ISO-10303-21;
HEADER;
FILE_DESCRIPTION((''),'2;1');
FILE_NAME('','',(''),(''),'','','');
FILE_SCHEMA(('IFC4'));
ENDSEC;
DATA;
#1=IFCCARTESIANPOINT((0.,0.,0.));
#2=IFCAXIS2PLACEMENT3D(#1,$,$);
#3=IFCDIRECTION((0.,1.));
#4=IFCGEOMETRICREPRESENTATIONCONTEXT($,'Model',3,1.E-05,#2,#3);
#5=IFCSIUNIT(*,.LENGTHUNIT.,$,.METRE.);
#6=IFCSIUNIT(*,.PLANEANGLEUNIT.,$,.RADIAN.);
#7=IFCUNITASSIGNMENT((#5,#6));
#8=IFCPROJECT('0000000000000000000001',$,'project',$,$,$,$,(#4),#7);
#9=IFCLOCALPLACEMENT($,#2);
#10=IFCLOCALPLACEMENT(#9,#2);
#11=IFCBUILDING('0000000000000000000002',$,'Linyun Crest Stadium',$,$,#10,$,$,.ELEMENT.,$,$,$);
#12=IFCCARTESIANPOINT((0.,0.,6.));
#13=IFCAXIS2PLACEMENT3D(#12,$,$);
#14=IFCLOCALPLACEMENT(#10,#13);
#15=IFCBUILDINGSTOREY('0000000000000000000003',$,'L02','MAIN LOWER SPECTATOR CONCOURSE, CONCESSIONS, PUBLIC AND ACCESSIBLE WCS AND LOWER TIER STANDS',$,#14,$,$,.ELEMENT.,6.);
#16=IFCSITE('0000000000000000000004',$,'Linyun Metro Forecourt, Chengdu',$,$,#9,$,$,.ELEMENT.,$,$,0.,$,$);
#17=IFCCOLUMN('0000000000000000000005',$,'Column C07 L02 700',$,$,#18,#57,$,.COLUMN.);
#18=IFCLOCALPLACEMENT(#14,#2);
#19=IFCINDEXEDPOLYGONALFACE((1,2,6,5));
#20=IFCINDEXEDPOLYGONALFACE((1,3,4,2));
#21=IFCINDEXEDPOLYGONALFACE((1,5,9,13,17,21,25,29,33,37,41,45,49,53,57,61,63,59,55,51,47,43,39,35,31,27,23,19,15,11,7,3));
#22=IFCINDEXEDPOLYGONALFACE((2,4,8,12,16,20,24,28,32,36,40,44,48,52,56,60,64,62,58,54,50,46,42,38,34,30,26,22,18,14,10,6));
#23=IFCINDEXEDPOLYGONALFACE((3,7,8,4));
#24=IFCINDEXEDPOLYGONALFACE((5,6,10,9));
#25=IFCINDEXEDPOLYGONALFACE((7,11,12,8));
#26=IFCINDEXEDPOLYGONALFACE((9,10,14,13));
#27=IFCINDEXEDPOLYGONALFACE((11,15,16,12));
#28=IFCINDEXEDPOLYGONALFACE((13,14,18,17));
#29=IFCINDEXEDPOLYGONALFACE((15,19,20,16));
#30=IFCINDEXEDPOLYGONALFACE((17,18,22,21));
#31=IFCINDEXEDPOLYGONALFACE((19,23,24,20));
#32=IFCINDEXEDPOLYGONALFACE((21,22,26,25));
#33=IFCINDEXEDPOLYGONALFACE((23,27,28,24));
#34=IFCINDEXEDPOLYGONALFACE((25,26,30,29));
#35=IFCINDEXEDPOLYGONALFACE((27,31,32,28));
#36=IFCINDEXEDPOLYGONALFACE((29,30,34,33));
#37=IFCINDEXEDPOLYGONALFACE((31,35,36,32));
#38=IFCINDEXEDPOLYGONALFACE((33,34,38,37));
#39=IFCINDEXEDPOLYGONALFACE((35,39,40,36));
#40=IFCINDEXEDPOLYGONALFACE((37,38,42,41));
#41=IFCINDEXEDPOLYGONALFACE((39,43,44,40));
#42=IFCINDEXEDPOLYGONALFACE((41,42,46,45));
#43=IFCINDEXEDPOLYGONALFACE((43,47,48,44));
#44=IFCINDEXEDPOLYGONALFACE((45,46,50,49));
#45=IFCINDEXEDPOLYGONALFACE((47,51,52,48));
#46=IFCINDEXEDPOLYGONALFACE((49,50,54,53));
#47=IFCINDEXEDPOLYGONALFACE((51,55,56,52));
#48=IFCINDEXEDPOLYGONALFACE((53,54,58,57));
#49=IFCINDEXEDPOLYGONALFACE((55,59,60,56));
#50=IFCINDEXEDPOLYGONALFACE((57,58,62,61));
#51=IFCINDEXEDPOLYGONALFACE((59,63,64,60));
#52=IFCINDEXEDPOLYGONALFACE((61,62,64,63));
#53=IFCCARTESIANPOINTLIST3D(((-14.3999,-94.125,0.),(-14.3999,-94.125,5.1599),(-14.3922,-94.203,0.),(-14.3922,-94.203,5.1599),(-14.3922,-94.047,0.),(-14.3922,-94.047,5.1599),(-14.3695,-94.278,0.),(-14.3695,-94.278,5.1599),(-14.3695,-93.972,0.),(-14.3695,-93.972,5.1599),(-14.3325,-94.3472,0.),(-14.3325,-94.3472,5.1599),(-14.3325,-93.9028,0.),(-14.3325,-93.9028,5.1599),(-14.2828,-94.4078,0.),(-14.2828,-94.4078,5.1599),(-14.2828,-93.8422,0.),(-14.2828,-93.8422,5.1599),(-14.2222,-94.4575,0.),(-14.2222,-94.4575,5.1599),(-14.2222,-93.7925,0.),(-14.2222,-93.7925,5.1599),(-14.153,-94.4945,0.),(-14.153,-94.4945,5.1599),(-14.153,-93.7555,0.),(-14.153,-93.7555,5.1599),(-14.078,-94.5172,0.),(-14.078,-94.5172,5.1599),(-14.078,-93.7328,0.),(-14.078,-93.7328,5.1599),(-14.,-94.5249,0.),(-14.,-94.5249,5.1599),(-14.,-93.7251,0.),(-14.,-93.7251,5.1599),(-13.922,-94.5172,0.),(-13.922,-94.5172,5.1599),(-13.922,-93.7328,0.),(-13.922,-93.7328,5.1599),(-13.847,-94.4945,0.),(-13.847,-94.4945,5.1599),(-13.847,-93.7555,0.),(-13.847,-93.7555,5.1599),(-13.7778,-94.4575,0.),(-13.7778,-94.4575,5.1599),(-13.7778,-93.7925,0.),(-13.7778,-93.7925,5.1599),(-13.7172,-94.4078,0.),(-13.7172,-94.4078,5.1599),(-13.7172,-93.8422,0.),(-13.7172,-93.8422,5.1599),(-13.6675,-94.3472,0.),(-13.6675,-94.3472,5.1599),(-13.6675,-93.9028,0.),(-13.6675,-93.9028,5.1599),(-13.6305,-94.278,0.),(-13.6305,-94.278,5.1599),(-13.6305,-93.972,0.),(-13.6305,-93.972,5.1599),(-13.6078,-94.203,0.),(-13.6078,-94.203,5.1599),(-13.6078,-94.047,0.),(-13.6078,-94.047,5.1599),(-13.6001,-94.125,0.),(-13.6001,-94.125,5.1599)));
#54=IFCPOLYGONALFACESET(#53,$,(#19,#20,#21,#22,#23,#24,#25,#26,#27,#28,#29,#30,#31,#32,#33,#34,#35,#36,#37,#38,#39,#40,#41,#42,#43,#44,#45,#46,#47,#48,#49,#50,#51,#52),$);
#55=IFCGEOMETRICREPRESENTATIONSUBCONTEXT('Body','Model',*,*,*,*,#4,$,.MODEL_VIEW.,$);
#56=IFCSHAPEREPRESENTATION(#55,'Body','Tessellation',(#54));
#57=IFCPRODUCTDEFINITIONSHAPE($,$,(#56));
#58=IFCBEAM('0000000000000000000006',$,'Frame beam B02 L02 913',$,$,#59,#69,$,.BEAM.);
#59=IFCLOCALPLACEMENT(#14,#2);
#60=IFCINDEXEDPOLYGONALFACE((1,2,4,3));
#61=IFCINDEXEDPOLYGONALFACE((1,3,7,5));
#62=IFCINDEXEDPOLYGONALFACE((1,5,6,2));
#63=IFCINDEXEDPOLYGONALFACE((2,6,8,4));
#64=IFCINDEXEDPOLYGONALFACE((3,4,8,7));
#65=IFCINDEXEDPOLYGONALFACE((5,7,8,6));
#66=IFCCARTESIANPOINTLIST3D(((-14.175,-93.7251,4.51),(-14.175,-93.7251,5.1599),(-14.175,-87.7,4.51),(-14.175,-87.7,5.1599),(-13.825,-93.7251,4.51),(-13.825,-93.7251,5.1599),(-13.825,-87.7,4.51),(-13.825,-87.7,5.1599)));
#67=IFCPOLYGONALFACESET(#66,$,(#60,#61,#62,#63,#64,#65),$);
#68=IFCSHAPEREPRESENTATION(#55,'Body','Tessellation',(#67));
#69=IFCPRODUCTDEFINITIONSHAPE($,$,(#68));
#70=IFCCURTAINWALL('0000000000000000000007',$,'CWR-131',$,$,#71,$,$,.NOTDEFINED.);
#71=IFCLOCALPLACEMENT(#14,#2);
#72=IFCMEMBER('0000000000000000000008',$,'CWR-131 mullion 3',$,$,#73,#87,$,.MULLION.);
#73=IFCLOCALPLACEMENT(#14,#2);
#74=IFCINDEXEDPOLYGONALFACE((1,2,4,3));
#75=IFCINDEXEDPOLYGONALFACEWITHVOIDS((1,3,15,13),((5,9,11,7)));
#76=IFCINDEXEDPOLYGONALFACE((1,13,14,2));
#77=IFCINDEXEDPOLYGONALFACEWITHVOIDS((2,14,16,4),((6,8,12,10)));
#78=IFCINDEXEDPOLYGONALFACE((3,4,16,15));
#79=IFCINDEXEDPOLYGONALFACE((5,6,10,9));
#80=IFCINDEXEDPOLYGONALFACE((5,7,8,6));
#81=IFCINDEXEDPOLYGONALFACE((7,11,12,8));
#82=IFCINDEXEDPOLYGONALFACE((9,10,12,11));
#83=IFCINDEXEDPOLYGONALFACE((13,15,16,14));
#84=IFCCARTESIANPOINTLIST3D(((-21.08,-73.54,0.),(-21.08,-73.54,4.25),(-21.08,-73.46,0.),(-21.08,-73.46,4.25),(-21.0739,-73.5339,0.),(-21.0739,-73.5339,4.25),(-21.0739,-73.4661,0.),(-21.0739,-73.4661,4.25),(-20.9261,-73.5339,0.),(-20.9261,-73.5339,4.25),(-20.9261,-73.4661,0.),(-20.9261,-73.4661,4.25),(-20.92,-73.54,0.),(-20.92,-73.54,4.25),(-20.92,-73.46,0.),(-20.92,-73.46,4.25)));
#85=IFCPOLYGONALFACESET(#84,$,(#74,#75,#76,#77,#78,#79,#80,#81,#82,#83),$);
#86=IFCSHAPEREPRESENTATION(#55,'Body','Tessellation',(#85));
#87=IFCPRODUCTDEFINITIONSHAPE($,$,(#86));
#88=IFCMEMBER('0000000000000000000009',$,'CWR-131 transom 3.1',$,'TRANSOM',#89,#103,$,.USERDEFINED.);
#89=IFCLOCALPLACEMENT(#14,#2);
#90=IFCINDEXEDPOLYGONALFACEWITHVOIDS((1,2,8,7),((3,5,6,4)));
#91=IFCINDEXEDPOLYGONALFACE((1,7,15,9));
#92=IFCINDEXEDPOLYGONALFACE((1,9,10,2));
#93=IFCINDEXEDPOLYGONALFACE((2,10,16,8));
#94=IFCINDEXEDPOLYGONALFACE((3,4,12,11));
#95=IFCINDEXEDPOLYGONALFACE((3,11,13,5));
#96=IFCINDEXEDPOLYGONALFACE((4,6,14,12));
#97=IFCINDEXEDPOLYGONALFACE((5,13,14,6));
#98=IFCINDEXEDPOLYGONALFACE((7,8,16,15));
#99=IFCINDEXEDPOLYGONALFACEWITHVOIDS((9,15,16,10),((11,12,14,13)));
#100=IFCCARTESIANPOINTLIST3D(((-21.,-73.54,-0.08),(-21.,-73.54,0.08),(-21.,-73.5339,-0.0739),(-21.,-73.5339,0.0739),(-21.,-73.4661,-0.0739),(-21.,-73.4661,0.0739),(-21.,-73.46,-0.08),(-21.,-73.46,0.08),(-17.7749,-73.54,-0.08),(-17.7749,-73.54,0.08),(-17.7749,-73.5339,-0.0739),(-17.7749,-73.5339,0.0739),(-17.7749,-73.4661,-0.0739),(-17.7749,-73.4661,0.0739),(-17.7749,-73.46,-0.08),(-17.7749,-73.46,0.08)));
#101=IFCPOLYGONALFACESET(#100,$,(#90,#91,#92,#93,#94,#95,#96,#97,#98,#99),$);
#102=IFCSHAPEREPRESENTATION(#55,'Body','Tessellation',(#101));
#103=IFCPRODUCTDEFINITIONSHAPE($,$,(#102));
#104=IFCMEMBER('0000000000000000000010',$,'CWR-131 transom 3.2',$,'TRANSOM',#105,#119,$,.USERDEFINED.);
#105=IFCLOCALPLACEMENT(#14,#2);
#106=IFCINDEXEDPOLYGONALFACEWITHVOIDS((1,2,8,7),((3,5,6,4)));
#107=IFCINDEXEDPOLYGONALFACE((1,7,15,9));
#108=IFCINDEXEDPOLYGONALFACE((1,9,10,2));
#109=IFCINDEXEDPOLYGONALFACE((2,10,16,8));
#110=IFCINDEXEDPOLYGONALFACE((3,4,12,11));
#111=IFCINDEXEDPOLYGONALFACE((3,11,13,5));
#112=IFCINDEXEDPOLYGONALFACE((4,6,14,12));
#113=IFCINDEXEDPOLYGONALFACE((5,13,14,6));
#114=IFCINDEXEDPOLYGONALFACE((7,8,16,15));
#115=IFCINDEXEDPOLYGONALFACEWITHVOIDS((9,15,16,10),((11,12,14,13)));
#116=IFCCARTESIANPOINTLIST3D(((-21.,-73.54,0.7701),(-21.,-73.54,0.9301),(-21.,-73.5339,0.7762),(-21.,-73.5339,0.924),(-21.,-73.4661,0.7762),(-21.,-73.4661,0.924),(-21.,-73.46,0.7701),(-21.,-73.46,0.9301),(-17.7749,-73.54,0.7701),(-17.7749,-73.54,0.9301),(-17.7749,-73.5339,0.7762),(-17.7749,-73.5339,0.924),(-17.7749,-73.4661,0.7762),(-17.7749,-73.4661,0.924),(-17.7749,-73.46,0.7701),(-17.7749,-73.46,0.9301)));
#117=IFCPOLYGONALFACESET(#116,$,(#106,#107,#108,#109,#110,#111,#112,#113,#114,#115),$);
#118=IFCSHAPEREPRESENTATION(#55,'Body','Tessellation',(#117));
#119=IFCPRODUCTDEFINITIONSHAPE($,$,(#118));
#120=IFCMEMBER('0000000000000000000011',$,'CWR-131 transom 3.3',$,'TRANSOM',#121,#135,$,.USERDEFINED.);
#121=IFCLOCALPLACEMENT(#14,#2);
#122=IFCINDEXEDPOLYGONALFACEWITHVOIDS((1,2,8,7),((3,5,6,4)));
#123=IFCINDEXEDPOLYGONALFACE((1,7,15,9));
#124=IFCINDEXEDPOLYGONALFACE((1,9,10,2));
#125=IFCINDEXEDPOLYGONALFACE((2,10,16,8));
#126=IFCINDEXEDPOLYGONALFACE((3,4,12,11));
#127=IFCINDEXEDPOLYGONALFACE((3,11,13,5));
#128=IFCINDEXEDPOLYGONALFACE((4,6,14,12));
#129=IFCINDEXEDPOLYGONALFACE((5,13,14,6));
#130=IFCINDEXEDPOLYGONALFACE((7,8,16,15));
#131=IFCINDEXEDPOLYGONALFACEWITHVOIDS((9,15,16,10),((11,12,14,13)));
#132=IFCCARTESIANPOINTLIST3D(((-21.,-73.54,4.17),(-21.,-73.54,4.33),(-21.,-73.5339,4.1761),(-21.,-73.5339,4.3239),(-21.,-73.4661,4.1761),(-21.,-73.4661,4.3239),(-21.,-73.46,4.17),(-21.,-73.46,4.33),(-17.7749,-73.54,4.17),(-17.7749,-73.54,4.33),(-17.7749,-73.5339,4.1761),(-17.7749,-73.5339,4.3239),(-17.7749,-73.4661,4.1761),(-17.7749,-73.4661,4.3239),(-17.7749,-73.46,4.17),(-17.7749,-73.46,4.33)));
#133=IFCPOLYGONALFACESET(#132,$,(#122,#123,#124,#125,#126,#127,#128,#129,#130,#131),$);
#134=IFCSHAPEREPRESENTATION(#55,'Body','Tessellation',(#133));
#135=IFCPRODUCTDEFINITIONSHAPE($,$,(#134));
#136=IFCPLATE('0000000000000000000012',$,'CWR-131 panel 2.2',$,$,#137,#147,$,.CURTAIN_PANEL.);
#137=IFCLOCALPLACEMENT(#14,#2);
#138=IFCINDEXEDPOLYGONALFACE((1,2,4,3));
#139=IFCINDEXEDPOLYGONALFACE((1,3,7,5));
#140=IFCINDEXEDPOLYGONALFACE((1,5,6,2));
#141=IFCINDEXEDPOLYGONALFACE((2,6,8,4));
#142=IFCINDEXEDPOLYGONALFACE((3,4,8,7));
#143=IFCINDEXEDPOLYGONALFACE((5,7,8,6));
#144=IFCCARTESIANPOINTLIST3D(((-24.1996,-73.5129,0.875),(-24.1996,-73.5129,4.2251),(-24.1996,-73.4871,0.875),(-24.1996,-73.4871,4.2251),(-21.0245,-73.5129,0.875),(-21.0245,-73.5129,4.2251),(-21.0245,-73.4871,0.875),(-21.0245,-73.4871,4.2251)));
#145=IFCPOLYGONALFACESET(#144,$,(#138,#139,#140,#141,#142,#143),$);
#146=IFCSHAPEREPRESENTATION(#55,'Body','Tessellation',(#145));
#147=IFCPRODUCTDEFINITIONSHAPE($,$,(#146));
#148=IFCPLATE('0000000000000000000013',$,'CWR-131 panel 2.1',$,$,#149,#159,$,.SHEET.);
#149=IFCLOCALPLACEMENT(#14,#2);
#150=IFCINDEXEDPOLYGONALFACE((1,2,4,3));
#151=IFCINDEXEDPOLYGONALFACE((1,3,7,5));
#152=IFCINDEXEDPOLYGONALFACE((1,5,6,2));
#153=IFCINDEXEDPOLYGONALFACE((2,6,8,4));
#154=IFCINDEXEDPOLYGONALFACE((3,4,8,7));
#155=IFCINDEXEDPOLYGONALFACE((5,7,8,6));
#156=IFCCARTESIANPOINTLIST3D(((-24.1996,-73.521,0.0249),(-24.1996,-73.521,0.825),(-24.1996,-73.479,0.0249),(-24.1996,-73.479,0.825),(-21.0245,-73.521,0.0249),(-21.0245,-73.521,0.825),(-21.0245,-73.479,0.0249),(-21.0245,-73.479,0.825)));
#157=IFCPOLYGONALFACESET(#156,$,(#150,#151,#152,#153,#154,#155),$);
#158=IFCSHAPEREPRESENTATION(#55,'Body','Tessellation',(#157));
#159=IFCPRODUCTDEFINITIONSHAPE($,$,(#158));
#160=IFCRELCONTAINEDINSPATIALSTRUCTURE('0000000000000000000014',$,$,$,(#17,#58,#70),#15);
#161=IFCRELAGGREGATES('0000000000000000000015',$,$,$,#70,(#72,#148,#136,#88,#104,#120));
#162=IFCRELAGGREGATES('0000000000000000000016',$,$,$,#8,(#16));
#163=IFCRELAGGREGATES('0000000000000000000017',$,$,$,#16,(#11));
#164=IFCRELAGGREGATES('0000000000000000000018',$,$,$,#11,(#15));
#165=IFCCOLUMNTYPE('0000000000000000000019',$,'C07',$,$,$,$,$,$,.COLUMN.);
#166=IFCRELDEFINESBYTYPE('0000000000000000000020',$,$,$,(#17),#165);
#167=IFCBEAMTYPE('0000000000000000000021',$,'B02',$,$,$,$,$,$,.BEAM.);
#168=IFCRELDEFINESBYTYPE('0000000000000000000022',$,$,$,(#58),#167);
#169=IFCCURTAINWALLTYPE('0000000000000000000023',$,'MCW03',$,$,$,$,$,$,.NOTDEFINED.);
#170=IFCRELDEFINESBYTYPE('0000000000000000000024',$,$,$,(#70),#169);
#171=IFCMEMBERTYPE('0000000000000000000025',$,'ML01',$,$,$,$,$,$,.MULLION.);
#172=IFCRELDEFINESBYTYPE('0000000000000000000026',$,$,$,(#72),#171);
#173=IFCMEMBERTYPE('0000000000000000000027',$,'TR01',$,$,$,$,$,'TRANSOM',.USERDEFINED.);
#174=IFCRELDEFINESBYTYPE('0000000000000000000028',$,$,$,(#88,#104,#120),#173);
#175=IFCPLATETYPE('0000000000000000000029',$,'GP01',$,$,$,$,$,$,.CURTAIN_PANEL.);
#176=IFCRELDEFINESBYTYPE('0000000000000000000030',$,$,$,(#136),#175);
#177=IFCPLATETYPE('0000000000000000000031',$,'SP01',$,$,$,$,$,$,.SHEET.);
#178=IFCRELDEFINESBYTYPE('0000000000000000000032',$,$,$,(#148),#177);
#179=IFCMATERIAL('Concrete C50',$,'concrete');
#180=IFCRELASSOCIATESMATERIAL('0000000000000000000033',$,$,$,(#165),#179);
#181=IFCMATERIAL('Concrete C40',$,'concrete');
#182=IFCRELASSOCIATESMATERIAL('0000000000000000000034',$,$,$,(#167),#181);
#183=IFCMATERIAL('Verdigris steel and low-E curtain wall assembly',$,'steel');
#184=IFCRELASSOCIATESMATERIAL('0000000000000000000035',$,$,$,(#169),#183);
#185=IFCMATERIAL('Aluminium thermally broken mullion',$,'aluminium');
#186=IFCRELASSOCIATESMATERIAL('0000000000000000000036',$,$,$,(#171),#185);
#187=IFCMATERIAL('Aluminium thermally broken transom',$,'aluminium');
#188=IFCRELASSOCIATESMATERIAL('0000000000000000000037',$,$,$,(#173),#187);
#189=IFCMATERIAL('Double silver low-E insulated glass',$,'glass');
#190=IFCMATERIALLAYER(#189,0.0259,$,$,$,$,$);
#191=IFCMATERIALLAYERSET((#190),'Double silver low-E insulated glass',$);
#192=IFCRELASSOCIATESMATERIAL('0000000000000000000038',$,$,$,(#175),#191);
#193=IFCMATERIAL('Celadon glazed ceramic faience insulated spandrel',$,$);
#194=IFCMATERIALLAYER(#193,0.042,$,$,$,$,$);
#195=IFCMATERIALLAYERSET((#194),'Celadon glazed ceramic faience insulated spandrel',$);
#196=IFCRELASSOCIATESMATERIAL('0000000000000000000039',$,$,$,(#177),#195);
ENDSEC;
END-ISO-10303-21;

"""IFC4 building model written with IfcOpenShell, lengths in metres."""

from ifc_helpers import new_model, si_unit, direction, frame, origin, origin_2d, place, context, subcontext, project, spatial, rectangle, hollow_rectangle, circle, extrude, material, layer, layer_set, material_profile, profile_set, type_object, element, aggregate, save


model = new_model("IFC4")

# Units and contexts
model_context = context("Model", 3, precision=1e-05, world=origin(), true_north=direction((0.0, 1.0)))
body_context = subcontext(model_context, "Body", "Model", "MODEL_VIEW")
ifc_project = project(units=[si_unit("LENGTHUNIT", "METRE"), si_unit("PLANEANGLEUNIT", "RADIAN")], contexts=[model_context])

# Site, building, storey
site_placement = place(None, origin())
site = spatial("IfcSite", under=ifc_project, at=site_placement, Name="Linyun Metro Forecourt, Chengdu", CompositionType="ELEMENT", RefElevation=0.0)
building_placement = place(site_placement, origin())
building = spatial("IfcBuilding", under=site, at=building_placement, Name="Linyun Crest Stadium", CompositionType="ELEMENT")
storey_placement = place(building_placement, frame((0.0, 0.0, 6.0)))
storey = spatial("IfcBuildingStorey", under=building, at=storey_placement, Name="L02", Description="MAIN LOWER SPECTATOR CONCOURSE, CONCESSIONS, PUBLIC AND ACCESSIBLE WCS AND LOWER TIER STANDS", CompositionType="ELEMENT", Elevation=6.0)

# Column
ifc_material_1 = material(Name="Concrete C50", Category="concrete")
ifc_material_profile_1 = material_profile(ifc_material_1, circle(Radius=0.3999, at=origin_2d()), Name="RC D800")
ifc_profile_set_1 = profile_set([ifc_material_profile_1], Name="Concrete C50")
column_type = type_object("IfcColumnType", Name="C07", PredefinedType="COLUMN", material=ifc_profile_set_1)
column_placement = place(storey_placement, frame((-14.0, -94.125, 0.0), z_axis=(0.0, 0.0, 1.0), x_axis=(1.0, 0.0, 0.0)))
element("IfcColumn", 1, at=column_placement, inside=storey, type_object=column_type, Name="Column C07 L02 700", PredefinedType="COLUMN", context=body_context, shape_type="SweptSolid", body=[
    extrude(circle(Radius=0.3999, at=origin_2d()), origin(), (0.0, 0.0, 1.0), 5.1599),
])

# Beam
ifc_material_2 = material(Name="Concrete C40", Category="concrete")
ifc_material_profile_2 = material_profile(ifc_material_2, rectangle(XDim=0.3501, YDim=0.6499, at=origin_2d()), Name="RCB 650x350")
ifc_profile_set_2 = profile_set([ifc_material_profile_2], Name="Concrete C40")
beam_type = type_object("IfcBeamType", Name="B02", PredefinedType="BEAM", material=ifc_profile_set_2)
beam_placement = place(storey_placement, frame((-14.0, -93.7251, 4.835), z_axis=(0.0, 1.0, 0.0), x_axis=(-1.0, 0.0, 0.0)))
element("IfcBeam", 2, at=beam_placement, inside=storey, type_object=beam_type, Name="Frame beam B02 L02 913", PredefinedType="BEAM", context=body_context, shape_type="SweptSolid", body=[
    extrude(rectangle(XDim=0.3501, YDim=0.6499, at=origin_2d()), origin(), (0.0, 0.0, 1.0), 6.0251),
])

# Curtain wall, members, plates
ifc_material_3 = material(Name="Verdigris steel and low-E curtain wall assembly", Category="steel")
curtain_wall_type = type_object("IfcCurtainWallType", Name="MCW03", PredefinedType="NOTDEFINED", material=ifc_material_3)
curtain_wall_placement = place(storey_placement, origin())
curtain_wall = element("IfcCurtainWall", 3, at=curtain_wall_placement, inside=storey, type_object=curtain_wall_type, Name="CWR-131", PredefinedType="NOTDEFINED")
ifc_material_4 = material(Name="Aluminium thermally broken mullion", Category="aluminium")
ifc_material_profile_3 = material_profile(ifc_material_4, hollow_rectangle(XDim=0.0801, YDim=0.1599, WallThickness=0.0061, at=origin_2d()), Name="RHS 160x80x6")
ifc_profile_set_3 = profile_set([ifc_material_profile_3], Name="Aluminium thermally broken mullion")
member_type_1 = type_object("IfcMemberType", Name="ML01", PredefinedType="MULLION", material=ifc_profile_set_3)
member_1_placement = place(storey_placement, frame((-21.0, -73.5, 0.0), z_axis=(0.0, 0.0, 1.0), x_axis=(0.0, 1.0, 0.0)))
member_1 = element("IfcMember", 4, at=member_1_placement, type_object=member_type_1, Name="CWR-131 mullion 3", PredefinedType="MULLION", context=body_context, shape_type="SweptSolid", body=[
    extrude(hollow_rectangle(XDim=0.0801, YDim=0.1599, WallThickness=0.0061, at=origin_2d()), origin(), (0.0, 0.0, 1.0), 4.25),
])
ifc_material_5 = material(Name="Aluminium thermally broken transom", Category="aluminium")
ifc_material_profile_4 = material_profile(ifc_material_5, hollow_rectangle(XDim=0.0801, YDim=0.1599, WallThickness=0.0061, at=origin_2d()), Name="RHS 160x80x6")
ifc_profile_set_4 = profile_set([ifc_material_profile_4], Name="Aluminium thermally broken transom")
member_type_2 = type_object("IfcMemberType", Name="TR01", ElementType="TRANSOM", PredefinedType="USERDEFINED", material=ifc_profile_set_4)
member_2_placement = place(storey_placement, frame((-21.0, -73.5, 0.0), z_axis=(1.0, 0.0, 0.0), x_axis=(0.0, 1.0, 0.0)))
member_2 = element("IfcMember", 5, at=member_2_placement, type_object=member_type_2, Name="CWR-131 transom 3.1", ObjectType="TRANSOM", PredefinedType="USERDEFINED", context=body_context, shape_type="SweptSolid", body=[
    extrude(hollow_rectangle(XDim=0.0801, YDim=0.1599, WallThickness=0.0061, at=origin_2d()), origin(), (0.0, 0.0, 1.0), 3.2251),
])
member_3_placement = place(storey_placement, frame((-21.0, -73.5, 0.8501), z_axis=(1.0, 0.0, 0.0), x_axis=(0.0, 1.0, 0.0)))
member_3 = element("IfcMember", 6, at=member_3_placement, type_object=member_type_2, Name="CWR-131 transom 3.2", ObjectType="TRANSOM", PredefinedType="USERDEFINED", context=body_context, shape_type="SweptSolid", body=[
    extrude(hollow_rectangle(XDim=0.0801, YDim=0.1599, WallThickness=0.0061, at=origin_2d()), origin(), (0.0, 0.0, 1.0), 3.2251),
])
member_4_placement = place(storey_placement, frame((-21.0, -73.5, 4.25), z_axis=(1.0, 0.0, 0.0), x_axis=(0.0, 1.0, 0.0)))
member_4 = element("IfcMember", 7, at=member_4_placement, type_object=member_type_2, Name="CWR-131 transom 3.3", ObjectType="TRANSOM", PredefinedType="USERDEFINED", context=body_context, shape_type="SweptSolid", body=[
    extrude(hollow_rectangle(XDim=0.0801, YDim=0.1599, WallThickness=0.0061, at=origin_2d()), origin(), (0.0, 0.0, 1.0), 3.2251),
])
ifc_material_6 = material(Name="Double silver low-E insulated glass", Category="glass")
ifc_layer_1 = layer(ifc_material_6, 0.0259)
ifc_layer_set_1 = layer_set([ifc_layer_1], Name="Double silver low-E insulated glass")
plate_type_1 = type_object("IfcPlateType", Name="GP01", PredefinedType="CURTAIN_PANEL", material=ifc_layer_set_1)
plate_1_placement = place(storey_placement, frame((-22.6121, -73.5, 0.875), z_axis=(0.0, 0.0, 1.0), x_axis=(1.0, 0.0, 0.0)))
plate_1 = element("IfcPlate", 8, at=plate_1_placement, type_object=plate_type_1, Name="CWR-131 panel 2.2", PredefinedType="CURTAIN_PANEL", context=body_context, shape_type="SweptSolid", body=[
    extrude(rectangle(XDim=3.175, YDim=0.0259, at=origin_2d()), origin(), (0.0, 0.0, 1.0), 3.3501),
])
ifc_material_7 = material(Name="Celadon glazed ceramic faience insulated spandrel")
ifc_layer_2 = layer(ifc_material_7, 0.042)
ifc_layer_set_2 = layer_set([ifc_layer_2], Name="Celadon glazed ceramic faience insulated spandrel")
plate_type_2 = type_object("IfcPlateType", Name="SP01", PredefinedType="SHEET", material=ifc_layer_set_2)
plate_2_placement = place(storey_placement, frame((-22.6121, -73.5, 0.0249), z_axis=(0.0, 0.0, 1.0), x_axis=(1.0, 0.0, 0.0)))
plate_2 = element("IfcPlate", 9, at=plate_2_placement, type_object=plate_type_2, Name="CWR-131 panel 2.1", PredefinedType="SHEET", context=body_context, shape_type="SweptSolid", body=[
    extrude(rectangle(XDim=3.175, YDim=0.042, at=origin_2d()), origin(), (0.0, 0.0, 1.0), 0.8),
])
aggregate(curtain_wall, [member_1, plate_2, plate_1, member_2, member_3, member_4])

save(model, "model.ifc")
